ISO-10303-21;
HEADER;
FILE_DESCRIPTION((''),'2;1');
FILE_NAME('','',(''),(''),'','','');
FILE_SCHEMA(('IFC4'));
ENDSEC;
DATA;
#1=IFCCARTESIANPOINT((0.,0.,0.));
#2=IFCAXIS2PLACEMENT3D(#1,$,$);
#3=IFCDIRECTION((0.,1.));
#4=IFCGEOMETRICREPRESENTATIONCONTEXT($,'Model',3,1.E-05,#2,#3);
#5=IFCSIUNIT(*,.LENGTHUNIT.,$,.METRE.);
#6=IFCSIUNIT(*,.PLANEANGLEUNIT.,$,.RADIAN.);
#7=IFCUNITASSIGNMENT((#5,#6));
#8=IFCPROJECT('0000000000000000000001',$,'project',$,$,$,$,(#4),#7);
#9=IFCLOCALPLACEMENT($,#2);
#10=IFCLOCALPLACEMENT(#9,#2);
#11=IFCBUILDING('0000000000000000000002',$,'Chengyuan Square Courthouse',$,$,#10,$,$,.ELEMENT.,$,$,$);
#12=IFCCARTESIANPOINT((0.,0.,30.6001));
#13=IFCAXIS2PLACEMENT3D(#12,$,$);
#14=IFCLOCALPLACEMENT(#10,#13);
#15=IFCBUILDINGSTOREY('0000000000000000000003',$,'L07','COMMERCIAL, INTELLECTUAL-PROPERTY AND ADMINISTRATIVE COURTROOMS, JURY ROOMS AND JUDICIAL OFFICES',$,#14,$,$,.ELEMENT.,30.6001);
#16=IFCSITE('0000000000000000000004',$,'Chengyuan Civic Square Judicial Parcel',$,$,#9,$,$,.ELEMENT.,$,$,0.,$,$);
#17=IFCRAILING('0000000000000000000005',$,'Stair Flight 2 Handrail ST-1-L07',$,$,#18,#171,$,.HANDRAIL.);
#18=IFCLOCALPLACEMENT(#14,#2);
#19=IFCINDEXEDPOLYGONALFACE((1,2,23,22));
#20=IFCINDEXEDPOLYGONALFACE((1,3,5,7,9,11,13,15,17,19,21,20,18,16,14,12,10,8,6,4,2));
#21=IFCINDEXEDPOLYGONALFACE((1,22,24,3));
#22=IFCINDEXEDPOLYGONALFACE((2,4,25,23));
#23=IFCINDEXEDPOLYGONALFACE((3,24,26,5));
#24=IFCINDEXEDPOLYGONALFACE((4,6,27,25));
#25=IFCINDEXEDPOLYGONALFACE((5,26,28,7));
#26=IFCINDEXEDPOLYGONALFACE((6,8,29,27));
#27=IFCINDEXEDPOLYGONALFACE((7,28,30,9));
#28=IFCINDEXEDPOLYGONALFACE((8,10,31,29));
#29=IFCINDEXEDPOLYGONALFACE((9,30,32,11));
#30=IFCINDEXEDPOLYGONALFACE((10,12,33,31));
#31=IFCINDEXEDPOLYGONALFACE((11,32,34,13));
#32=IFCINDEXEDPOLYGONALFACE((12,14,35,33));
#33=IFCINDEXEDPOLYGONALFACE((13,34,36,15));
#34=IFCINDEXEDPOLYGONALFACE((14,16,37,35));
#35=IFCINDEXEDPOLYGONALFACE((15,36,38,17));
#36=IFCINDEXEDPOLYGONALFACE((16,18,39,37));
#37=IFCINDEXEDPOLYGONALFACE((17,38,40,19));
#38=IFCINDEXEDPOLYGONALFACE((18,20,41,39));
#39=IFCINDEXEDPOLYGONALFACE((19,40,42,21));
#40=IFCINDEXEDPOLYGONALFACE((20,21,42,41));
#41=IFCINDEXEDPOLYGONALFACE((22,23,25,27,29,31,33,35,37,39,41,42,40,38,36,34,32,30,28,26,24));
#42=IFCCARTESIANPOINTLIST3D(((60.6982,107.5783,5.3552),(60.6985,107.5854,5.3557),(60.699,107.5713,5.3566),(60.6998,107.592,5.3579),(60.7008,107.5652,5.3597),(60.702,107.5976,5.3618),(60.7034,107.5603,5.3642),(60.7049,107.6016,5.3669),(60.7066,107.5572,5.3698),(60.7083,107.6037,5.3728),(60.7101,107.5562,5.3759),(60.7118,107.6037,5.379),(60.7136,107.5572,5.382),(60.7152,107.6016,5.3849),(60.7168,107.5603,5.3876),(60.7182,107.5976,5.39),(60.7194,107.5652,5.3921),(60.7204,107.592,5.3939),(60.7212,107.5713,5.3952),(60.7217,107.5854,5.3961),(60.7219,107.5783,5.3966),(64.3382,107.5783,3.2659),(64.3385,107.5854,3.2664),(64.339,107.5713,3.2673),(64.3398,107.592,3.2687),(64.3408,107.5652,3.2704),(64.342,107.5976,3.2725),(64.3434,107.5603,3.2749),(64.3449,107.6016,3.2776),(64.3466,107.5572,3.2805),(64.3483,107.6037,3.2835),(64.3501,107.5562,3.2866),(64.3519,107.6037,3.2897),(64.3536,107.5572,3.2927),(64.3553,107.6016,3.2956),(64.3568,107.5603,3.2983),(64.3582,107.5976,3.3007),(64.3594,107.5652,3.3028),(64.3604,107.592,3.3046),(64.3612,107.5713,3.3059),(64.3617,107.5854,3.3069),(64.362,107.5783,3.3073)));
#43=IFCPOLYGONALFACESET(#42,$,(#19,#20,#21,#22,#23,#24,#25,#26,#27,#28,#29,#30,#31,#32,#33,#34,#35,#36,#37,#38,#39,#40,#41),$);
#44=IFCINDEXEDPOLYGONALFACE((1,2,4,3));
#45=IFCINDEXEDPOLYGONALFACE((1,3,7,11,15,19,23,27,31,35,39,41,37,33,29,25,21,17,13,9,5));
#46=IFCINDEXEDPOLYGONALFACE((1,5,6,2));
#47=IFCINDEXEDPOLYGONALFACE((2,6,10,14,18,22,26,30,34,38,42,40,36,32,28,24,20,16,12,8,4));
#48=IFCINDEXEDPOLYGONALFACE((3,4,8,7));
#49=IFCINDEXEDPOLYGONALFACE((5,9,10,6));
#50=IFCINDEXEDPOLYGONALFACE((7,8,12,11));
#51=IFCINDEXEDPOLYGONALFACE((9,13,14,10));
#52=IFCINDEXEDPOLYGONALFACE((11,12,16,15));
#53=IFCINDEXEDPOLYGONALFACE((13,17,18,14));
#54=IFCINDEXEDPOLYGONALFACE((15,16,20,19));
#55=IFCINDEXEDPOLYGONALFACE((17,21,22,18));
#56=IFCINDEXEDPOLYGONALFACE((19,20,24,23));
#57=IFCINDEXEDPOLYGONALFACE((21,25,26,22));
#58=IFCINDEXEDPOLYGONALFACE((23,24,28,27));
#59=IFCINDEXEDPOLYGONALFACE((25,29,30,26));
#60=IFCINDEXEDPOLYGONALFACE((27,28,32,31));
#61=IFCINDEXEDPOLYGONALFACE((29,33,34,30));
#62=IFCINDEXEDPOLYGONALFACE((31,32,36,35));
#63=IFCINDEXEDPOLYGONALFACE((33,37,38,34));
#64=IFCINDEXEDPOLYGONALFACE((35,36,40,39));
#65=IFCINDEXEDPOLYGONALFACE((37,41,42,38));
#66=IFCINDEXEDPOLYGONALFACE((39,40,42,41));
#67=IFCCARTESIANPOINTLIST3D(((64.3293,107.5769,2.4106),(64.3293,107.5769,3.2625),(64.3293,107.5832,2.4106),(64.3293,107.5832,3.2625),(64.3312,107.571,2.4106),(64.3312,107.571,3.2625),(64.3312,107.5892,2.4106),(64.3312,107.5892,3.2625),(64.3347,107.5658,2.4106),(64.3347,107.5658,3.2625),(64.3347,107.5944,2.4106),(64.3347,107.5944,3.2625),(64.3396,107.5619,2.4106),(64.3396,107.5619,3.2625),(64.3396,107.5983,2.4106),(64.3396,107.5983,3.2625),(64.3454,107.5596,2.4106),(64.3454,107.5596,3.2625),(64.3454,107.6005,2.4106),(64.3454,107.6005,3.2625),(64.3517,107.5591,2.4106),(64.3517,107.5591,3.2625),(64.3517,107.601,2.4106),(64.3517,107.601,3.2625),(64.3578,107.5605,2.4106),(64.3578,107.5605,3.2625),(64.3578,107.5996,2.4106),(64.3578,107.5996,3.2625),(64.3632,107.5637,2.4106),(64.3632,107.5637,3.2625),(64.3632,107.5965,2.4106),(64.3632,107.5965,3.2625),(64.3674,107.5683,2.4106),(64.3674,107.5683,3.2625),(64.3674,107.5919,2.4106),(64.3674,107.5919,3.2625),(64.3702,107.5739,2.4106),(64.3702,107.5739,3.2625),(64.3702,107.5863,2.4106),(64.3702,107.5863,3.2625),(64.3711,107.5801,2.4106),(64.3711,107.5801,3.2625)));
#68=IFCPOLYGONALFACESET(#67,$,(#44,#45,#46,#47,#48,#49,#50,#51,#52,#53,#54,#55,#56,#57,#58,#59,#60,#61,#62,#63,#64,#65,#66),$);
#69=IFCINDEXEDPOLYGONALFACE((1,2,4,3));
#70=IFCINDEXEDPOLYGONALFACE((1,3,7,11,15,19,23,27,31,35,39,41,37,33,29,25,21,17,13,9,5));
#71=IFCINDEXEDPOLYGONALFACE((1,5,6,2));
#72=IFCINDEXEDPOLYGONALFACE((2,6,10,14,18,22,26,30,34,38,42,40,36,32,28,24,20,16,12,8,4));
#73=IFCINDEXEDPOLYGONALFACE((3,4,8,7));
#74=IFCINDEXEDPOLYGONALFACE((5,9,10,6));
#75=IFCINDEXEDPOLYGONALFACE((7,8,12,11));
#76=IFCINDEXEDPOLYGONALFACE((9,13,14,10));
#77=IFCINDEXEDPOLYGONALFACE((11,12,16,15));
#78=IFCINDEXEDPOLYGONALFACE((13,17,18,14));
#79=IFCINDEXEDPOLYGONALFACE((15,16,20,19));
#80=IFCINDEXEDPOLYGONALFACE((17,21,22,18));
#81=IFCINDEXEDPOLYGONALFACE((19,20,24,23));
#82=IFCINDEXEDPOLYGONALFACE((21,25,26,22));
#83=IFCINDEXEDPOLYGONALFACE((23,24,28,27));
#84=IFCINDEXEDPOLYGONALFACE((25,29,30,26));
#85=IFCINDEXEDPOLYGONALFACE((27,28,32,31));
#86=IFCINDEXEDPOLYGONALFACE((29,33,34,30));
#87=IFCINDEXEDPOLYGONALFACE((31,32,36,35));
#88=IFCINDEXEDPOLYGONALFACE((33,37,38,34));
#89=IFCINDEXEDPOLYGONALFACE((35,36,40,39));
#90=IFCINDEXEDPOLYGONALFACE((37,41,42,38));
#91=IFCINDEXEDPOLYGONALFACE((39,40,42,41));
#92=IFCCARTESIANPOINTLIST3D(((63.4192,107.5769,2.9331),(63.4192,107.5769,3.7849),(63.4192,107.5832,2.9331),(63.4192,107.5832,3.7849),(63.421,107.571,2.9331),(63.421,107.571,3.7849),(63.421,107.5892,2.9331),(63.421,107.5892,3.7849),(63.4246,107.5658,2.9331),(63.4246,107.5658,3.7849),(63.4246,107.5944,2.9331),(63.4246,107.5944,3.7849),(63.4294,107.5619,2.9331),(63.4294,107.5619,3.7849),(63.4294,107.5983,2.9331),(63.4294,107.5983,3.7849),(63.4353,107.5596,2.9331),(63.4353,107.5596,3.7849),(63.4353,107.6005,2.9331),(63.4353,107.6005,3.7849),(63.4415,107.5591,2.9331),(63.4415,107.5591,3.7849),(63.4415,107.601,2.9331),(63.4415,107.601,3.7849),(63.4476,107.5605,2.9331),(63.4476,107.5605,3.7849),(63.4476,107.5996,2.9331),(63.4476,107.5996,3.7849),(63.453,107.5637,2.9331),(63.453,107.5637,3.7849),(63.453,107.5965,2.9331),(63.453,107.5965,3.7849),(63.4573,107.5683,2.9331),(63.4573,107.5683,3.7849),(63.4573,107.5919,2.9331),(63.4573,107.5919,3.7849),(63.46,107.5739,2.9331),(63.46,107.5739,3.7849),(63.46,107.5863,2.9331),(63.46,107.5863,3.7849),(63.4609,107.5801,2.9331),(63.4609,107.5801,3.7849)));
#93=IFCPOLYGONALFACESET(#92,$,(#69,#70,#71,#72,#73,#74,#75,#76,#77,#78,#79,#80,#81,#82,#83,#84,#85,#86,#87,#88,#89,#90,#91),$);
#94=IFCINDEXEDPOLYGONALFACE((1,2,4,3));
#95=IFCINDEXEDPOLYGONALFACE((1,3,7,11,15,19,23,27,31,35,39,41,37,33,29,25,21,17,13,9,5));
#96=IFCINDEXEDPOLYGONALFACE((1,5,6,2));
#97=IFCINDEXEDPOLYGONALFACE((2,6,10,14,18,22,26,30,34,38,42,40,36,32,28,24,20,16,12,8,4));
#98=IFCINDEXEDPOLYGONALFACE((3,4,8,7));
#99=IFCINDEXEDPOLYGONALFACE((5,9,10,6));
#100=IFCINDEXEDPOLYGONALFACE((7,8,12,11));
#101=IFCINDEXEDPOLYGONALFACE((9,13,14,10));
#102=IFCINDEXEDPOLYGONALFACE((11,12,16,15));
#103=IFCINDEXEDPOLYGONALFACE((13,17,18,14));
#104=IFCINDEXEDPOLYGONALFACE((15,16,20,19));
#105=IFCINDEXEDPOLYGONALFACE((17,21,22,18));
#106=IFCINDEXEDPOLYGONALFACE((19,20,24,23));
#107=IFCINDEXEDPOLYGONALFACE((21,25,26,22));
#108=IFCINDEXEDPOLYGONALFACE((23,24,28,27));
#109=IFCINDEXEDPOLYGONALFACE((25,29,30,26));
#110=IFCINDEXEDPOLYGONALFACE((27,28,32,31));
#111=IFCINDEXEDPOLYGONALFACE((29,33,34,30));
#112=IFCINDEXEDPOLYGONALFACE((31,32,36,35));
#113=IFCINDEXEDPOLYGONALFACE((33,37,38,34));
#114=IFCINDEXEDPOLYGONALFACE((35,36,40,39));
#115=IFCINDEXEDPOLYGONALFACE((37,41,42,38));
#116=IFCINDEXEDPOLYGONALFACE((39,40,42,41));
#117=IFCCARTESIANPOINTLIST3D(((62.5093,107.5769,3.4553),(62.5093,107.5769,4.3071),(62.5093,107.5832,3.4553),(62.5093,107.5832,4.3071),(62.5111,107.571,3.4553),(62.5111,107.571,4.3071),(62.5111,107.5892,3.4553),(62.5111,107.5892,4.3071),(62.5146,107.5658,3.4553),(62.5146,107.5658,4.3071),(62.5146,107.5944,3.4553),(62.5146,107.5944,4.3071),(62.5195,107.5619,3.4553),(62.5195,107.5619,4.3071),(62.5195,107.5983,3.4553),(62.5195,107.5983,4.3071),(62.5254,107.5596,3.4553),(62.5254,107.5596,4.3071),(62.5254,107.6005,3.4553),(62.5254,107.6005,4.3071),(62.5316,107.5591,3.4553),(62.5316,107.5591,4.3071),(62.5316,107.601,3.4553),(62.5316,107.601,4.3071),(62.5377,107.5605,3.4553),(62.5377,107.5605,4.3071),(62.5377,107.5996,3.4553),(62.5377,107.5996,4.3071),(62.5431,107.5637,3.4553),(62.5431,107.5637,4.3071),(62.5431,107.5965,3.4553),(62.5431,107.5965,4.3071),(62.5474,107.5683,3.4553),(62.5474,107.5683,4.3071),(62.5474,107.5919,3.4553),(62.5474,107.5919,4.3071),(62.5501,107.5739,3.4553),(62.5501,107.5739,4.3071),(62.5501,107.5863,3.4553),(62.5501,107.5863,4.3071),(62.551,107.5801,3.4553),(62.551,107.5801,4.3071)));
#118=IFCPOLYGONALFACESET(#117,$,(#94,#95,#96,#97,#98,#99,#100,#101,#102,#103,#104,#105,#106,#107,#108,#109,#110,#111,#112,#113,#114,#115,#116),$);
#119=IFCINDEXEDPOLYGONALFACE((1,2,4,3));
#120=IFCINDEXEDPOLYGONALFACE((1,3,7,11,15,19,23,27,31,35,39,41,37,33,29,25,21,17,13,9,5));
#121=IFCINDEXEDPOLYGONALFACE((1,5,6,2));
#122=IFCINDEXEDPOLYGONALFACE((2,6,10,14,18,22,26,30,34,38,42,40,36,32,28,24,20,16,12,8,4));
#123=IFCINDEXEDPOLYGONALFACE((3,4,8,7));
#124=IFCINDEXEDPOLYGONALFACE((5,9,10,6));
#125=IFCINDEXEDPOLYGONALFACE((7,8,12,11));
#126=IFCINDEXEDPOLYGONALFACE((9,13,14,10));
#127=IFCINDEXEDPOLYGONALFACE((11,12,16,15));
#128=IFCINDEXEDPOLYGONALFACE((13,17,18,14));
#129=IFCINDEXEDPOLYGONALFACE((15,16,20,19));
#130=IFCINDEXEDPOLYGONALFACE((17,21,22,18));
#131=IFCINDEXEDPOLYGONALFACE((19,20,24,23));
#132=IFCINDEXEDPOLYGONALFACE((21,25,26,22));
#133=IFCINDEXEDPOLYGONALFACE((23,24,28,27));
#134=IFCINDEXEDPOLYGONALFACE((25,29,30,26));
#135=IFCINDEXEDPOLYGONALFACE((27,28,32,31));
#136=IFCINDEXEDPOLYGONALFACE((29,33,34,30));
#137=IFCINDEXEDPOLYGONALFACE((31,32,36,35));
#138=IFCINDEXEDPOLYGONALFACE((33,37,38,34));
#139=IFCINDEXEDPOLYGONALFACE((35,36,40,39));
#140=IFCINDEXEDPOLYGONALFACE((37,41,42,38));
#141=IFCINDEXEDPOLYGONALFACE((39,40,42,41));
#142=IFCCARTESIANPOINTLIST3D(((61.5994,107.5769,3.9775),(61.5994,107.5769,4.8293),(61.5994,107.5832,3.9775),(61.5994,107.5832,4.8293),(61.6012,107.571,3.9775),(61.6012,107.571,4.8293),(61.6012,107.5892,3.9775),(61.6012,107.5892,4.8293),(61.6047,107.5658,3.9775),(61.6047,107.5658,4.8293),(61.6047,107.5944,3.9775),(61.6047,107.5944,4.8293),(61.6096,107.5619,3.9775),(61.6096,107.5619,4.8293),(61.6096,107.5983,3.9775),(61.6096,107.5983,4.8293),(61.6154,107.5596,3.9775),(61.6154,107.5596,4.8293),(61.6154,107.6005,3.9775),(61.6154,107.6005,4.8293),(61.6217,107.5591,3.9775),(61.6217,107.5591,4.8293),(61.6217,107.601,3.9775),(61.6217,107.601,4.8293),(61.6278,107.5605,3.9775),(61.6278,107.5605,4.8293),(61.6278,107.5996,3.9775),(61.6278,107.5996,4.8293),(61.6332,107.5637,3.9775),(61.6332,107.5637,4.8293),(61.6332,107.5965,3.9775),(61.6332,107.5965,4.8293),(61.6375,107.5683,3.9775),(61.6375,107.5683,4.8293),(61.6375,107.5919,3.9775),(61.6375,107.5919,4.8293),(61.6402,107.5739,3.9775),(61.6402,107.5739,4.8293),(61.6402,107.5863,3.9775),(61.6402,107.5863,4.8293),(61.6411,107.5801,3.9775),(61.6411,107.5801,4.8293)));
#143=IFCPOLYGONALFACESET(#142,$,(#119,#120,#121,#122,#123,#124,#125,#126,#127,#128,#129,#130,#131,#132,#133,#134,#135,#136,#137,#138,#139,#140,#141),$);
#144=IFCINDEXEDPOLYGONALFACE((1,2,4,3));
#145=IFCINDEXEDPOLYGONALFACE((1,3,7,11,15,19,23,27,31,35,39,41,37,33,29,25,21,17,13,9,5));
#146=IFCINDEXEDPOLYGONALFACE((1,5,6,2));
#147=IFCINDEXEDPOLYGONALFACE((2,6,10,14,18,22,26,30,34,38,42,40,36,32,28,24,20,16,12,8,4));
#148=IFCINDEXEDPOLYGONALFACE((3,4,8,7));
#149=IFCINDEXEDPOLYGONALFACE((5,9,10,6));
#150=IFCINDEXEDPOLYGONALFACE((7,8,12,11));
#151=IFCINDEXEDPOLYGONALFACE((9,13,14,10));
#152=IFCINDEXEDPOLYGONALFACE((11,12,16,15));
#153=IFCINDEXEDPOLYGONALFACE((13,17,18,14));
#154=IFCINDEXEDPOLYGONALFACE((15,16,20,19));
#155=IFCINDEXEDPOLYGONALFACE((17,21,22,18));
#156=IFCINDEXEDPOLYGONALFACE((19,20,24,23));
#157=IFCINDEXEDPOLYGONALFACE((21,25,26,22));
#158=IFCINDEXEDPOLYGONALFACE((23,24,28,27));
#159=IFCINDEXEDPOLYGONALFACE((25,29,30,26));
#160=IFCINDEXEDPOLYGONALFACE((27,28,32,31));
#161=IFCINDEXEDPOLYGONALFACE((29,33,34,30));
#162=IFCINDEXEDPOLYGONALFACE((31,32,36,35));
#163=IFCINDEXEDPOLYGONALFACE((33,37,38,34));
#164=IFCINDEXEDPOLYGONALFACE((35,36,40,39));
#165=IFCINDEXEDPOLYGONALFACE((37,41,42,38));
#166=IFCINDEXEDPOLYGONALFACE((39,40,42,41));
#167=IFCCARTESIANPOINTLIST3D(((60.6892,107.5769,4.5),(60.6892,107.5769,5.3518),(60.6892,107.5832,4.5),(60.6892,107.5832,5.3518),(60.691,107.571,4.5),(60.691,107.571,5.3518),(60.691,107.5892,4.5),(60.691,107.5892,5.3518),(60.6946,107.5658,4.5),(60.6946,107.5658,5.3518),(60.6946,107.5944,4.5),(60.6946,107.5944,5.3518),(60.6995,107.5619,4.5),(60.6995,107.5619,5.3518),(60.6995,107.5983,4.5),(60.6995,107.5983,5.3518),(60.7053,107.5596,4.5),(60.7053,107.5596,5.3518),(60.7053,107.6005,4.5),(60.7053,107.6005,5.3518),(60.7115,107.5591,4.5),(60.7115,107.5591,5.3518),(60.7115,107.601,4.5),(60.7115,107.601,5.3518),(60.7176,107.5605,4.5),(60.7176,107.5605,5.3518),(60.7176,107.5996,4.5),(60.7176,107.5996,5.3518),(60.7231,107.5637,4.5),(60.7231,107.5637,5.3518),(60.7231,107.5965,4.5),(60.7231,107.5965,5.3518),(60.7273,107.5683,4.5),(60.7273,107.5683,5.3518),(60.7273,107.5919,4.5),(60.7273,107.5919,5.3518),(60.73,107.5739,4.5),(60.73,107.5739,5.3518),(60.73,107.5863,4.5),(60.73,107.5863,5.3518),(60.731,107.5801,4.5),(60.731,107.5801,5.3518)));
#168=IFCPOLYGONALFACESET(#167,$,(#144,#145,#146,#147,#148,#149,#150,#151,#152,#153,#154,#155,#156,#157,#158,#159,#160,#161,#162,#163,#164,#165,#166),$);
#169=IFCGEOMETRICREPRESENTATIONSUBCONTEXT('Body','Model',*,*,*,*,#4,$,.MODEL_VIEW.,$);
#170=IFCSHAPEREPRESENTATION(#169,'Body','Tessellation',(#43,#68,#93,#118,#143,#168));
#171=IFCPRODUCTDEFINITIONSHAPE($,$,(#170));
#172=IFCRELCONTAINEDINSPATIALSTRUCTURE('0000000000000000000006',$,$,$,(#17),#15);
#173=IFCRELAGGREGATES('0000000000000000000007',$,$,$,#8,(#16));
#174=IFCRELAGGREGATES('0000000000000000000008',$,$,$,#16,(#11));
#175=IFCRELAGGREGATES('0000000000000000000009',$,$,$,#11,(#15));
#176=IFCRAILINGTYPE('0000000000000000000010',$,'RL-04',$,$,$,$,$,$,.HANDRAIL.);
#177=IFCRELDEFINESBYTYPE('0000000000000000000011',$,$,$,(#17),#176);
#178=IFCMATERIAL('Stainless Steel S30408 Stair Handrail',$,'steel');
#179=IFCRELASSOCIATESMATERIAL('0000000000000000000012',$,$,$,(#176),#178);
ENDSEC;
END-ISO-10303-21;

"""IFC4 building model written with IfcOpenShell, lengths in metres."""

from ifc_helpers import new_model, si_unit, direction, frame, origin, origin_2d, place, context, subcontext, project, spatial, circle, extrude, material, type_object, element, save


model = new_model("IFC4")

# Units and contexts
model_context = context("Model", 3, precision=1e-05, world=origin(), true_north=direction((0.0, 1.0)))
body_context = subcontext(model_context, "Body", "Model", "MODEL_VIEW")
ifc_project = project(units=[si_unit("LENGTHUNIT", "METRE"), si_unit("PLANEANGLEUNIT", "RADIAN")], contexts=[model_context])

# Site, building, storey
site_placement = place(None, origin())
site = spatial("IfcSite", under=ifc_project, at=site_placement, Name="Chengyuan Civic Square Judicial Parcel", CompositionType="ELEMENT", RefElevation=0.0)
building_placement = place(site_placement, origin())
building = spatial("IfcBuilding", under=site, at=building_placement, Name="Chengyuan Square Courthouse", CompositionType="ELEMENT")
storey_placement = place(building_placement, frame((0.0, 0.0, 30.6001)))
storey = spatial("IfcBuildingStorey", under=building, at=storey_placement, Name="L07", Description="COMMERCIAL, INTELLECTUAL-PROPERTY AND ADMINISTRATIVE COURTROOMS, JURY ROOMS AND JUDICIAL OFFICES", CompositionType="ELEMENT", Elevation=30.6001)

# Railing
ifc_material_1 = material(Name="Stainless Steel S30408 Stair Handrail", Category="steel")
railing_type_1 = type_object("IfcRailingType", Name="RL-04", PredefinedType="HANDRAIL", material=ifc_material_1)
railing_1_placement = place(storey_placement, frame((64.3501, 107.5801, 2.4106)))
element("IfcRailing", 1, at=railing_1_placement, inside=storey, type_object=railing_type_1, Name="Stair Flight 2 Handrail ST-1-L07", PredefinedType="HANDRAIL", context=body_context, shape_type="SweptSolid", body=[
    extrude(circle(Radius=0.0239, at=origin_2d()), frame((0.0, 0.0, 0.876), z_axis=(-0.867289, 0.0, 0.497804), x_axis=(0.0, -1.0, 0.0)), (0.0, 0.0, 1.0), 4.197),
    extrude(circle(Radius=0.021, at=origin_2d()), origin(), (0.0, 0.0, 1.0), 0.8518),
    extrude(circle(Radius=0.021, at=origin_2d()), frame((-0.9102, 0.0, 0.5225)), (0.0, 0.0, 1.0), 0.8518),
    extrude(circle(Radius=0.021, at=origin_2d()), frame((-1.8201, 0.0, 1.0447)), (0.0, 0.0, 1.0), 0.8518),
    extrude(circle(Radius=0.021, at=origin_2d()), frame((-2.73, 0.0, 1.5669)), (0.0, 0.0, 1.0), 0.8518),
    extrude(circle(Radius=0.021, at=origin_2d()), frame((-3.6401, 0.0, 2.0894)), (0.0, 0.0, 1.0), 0.8518),
])

save(model, "model.ifc")
